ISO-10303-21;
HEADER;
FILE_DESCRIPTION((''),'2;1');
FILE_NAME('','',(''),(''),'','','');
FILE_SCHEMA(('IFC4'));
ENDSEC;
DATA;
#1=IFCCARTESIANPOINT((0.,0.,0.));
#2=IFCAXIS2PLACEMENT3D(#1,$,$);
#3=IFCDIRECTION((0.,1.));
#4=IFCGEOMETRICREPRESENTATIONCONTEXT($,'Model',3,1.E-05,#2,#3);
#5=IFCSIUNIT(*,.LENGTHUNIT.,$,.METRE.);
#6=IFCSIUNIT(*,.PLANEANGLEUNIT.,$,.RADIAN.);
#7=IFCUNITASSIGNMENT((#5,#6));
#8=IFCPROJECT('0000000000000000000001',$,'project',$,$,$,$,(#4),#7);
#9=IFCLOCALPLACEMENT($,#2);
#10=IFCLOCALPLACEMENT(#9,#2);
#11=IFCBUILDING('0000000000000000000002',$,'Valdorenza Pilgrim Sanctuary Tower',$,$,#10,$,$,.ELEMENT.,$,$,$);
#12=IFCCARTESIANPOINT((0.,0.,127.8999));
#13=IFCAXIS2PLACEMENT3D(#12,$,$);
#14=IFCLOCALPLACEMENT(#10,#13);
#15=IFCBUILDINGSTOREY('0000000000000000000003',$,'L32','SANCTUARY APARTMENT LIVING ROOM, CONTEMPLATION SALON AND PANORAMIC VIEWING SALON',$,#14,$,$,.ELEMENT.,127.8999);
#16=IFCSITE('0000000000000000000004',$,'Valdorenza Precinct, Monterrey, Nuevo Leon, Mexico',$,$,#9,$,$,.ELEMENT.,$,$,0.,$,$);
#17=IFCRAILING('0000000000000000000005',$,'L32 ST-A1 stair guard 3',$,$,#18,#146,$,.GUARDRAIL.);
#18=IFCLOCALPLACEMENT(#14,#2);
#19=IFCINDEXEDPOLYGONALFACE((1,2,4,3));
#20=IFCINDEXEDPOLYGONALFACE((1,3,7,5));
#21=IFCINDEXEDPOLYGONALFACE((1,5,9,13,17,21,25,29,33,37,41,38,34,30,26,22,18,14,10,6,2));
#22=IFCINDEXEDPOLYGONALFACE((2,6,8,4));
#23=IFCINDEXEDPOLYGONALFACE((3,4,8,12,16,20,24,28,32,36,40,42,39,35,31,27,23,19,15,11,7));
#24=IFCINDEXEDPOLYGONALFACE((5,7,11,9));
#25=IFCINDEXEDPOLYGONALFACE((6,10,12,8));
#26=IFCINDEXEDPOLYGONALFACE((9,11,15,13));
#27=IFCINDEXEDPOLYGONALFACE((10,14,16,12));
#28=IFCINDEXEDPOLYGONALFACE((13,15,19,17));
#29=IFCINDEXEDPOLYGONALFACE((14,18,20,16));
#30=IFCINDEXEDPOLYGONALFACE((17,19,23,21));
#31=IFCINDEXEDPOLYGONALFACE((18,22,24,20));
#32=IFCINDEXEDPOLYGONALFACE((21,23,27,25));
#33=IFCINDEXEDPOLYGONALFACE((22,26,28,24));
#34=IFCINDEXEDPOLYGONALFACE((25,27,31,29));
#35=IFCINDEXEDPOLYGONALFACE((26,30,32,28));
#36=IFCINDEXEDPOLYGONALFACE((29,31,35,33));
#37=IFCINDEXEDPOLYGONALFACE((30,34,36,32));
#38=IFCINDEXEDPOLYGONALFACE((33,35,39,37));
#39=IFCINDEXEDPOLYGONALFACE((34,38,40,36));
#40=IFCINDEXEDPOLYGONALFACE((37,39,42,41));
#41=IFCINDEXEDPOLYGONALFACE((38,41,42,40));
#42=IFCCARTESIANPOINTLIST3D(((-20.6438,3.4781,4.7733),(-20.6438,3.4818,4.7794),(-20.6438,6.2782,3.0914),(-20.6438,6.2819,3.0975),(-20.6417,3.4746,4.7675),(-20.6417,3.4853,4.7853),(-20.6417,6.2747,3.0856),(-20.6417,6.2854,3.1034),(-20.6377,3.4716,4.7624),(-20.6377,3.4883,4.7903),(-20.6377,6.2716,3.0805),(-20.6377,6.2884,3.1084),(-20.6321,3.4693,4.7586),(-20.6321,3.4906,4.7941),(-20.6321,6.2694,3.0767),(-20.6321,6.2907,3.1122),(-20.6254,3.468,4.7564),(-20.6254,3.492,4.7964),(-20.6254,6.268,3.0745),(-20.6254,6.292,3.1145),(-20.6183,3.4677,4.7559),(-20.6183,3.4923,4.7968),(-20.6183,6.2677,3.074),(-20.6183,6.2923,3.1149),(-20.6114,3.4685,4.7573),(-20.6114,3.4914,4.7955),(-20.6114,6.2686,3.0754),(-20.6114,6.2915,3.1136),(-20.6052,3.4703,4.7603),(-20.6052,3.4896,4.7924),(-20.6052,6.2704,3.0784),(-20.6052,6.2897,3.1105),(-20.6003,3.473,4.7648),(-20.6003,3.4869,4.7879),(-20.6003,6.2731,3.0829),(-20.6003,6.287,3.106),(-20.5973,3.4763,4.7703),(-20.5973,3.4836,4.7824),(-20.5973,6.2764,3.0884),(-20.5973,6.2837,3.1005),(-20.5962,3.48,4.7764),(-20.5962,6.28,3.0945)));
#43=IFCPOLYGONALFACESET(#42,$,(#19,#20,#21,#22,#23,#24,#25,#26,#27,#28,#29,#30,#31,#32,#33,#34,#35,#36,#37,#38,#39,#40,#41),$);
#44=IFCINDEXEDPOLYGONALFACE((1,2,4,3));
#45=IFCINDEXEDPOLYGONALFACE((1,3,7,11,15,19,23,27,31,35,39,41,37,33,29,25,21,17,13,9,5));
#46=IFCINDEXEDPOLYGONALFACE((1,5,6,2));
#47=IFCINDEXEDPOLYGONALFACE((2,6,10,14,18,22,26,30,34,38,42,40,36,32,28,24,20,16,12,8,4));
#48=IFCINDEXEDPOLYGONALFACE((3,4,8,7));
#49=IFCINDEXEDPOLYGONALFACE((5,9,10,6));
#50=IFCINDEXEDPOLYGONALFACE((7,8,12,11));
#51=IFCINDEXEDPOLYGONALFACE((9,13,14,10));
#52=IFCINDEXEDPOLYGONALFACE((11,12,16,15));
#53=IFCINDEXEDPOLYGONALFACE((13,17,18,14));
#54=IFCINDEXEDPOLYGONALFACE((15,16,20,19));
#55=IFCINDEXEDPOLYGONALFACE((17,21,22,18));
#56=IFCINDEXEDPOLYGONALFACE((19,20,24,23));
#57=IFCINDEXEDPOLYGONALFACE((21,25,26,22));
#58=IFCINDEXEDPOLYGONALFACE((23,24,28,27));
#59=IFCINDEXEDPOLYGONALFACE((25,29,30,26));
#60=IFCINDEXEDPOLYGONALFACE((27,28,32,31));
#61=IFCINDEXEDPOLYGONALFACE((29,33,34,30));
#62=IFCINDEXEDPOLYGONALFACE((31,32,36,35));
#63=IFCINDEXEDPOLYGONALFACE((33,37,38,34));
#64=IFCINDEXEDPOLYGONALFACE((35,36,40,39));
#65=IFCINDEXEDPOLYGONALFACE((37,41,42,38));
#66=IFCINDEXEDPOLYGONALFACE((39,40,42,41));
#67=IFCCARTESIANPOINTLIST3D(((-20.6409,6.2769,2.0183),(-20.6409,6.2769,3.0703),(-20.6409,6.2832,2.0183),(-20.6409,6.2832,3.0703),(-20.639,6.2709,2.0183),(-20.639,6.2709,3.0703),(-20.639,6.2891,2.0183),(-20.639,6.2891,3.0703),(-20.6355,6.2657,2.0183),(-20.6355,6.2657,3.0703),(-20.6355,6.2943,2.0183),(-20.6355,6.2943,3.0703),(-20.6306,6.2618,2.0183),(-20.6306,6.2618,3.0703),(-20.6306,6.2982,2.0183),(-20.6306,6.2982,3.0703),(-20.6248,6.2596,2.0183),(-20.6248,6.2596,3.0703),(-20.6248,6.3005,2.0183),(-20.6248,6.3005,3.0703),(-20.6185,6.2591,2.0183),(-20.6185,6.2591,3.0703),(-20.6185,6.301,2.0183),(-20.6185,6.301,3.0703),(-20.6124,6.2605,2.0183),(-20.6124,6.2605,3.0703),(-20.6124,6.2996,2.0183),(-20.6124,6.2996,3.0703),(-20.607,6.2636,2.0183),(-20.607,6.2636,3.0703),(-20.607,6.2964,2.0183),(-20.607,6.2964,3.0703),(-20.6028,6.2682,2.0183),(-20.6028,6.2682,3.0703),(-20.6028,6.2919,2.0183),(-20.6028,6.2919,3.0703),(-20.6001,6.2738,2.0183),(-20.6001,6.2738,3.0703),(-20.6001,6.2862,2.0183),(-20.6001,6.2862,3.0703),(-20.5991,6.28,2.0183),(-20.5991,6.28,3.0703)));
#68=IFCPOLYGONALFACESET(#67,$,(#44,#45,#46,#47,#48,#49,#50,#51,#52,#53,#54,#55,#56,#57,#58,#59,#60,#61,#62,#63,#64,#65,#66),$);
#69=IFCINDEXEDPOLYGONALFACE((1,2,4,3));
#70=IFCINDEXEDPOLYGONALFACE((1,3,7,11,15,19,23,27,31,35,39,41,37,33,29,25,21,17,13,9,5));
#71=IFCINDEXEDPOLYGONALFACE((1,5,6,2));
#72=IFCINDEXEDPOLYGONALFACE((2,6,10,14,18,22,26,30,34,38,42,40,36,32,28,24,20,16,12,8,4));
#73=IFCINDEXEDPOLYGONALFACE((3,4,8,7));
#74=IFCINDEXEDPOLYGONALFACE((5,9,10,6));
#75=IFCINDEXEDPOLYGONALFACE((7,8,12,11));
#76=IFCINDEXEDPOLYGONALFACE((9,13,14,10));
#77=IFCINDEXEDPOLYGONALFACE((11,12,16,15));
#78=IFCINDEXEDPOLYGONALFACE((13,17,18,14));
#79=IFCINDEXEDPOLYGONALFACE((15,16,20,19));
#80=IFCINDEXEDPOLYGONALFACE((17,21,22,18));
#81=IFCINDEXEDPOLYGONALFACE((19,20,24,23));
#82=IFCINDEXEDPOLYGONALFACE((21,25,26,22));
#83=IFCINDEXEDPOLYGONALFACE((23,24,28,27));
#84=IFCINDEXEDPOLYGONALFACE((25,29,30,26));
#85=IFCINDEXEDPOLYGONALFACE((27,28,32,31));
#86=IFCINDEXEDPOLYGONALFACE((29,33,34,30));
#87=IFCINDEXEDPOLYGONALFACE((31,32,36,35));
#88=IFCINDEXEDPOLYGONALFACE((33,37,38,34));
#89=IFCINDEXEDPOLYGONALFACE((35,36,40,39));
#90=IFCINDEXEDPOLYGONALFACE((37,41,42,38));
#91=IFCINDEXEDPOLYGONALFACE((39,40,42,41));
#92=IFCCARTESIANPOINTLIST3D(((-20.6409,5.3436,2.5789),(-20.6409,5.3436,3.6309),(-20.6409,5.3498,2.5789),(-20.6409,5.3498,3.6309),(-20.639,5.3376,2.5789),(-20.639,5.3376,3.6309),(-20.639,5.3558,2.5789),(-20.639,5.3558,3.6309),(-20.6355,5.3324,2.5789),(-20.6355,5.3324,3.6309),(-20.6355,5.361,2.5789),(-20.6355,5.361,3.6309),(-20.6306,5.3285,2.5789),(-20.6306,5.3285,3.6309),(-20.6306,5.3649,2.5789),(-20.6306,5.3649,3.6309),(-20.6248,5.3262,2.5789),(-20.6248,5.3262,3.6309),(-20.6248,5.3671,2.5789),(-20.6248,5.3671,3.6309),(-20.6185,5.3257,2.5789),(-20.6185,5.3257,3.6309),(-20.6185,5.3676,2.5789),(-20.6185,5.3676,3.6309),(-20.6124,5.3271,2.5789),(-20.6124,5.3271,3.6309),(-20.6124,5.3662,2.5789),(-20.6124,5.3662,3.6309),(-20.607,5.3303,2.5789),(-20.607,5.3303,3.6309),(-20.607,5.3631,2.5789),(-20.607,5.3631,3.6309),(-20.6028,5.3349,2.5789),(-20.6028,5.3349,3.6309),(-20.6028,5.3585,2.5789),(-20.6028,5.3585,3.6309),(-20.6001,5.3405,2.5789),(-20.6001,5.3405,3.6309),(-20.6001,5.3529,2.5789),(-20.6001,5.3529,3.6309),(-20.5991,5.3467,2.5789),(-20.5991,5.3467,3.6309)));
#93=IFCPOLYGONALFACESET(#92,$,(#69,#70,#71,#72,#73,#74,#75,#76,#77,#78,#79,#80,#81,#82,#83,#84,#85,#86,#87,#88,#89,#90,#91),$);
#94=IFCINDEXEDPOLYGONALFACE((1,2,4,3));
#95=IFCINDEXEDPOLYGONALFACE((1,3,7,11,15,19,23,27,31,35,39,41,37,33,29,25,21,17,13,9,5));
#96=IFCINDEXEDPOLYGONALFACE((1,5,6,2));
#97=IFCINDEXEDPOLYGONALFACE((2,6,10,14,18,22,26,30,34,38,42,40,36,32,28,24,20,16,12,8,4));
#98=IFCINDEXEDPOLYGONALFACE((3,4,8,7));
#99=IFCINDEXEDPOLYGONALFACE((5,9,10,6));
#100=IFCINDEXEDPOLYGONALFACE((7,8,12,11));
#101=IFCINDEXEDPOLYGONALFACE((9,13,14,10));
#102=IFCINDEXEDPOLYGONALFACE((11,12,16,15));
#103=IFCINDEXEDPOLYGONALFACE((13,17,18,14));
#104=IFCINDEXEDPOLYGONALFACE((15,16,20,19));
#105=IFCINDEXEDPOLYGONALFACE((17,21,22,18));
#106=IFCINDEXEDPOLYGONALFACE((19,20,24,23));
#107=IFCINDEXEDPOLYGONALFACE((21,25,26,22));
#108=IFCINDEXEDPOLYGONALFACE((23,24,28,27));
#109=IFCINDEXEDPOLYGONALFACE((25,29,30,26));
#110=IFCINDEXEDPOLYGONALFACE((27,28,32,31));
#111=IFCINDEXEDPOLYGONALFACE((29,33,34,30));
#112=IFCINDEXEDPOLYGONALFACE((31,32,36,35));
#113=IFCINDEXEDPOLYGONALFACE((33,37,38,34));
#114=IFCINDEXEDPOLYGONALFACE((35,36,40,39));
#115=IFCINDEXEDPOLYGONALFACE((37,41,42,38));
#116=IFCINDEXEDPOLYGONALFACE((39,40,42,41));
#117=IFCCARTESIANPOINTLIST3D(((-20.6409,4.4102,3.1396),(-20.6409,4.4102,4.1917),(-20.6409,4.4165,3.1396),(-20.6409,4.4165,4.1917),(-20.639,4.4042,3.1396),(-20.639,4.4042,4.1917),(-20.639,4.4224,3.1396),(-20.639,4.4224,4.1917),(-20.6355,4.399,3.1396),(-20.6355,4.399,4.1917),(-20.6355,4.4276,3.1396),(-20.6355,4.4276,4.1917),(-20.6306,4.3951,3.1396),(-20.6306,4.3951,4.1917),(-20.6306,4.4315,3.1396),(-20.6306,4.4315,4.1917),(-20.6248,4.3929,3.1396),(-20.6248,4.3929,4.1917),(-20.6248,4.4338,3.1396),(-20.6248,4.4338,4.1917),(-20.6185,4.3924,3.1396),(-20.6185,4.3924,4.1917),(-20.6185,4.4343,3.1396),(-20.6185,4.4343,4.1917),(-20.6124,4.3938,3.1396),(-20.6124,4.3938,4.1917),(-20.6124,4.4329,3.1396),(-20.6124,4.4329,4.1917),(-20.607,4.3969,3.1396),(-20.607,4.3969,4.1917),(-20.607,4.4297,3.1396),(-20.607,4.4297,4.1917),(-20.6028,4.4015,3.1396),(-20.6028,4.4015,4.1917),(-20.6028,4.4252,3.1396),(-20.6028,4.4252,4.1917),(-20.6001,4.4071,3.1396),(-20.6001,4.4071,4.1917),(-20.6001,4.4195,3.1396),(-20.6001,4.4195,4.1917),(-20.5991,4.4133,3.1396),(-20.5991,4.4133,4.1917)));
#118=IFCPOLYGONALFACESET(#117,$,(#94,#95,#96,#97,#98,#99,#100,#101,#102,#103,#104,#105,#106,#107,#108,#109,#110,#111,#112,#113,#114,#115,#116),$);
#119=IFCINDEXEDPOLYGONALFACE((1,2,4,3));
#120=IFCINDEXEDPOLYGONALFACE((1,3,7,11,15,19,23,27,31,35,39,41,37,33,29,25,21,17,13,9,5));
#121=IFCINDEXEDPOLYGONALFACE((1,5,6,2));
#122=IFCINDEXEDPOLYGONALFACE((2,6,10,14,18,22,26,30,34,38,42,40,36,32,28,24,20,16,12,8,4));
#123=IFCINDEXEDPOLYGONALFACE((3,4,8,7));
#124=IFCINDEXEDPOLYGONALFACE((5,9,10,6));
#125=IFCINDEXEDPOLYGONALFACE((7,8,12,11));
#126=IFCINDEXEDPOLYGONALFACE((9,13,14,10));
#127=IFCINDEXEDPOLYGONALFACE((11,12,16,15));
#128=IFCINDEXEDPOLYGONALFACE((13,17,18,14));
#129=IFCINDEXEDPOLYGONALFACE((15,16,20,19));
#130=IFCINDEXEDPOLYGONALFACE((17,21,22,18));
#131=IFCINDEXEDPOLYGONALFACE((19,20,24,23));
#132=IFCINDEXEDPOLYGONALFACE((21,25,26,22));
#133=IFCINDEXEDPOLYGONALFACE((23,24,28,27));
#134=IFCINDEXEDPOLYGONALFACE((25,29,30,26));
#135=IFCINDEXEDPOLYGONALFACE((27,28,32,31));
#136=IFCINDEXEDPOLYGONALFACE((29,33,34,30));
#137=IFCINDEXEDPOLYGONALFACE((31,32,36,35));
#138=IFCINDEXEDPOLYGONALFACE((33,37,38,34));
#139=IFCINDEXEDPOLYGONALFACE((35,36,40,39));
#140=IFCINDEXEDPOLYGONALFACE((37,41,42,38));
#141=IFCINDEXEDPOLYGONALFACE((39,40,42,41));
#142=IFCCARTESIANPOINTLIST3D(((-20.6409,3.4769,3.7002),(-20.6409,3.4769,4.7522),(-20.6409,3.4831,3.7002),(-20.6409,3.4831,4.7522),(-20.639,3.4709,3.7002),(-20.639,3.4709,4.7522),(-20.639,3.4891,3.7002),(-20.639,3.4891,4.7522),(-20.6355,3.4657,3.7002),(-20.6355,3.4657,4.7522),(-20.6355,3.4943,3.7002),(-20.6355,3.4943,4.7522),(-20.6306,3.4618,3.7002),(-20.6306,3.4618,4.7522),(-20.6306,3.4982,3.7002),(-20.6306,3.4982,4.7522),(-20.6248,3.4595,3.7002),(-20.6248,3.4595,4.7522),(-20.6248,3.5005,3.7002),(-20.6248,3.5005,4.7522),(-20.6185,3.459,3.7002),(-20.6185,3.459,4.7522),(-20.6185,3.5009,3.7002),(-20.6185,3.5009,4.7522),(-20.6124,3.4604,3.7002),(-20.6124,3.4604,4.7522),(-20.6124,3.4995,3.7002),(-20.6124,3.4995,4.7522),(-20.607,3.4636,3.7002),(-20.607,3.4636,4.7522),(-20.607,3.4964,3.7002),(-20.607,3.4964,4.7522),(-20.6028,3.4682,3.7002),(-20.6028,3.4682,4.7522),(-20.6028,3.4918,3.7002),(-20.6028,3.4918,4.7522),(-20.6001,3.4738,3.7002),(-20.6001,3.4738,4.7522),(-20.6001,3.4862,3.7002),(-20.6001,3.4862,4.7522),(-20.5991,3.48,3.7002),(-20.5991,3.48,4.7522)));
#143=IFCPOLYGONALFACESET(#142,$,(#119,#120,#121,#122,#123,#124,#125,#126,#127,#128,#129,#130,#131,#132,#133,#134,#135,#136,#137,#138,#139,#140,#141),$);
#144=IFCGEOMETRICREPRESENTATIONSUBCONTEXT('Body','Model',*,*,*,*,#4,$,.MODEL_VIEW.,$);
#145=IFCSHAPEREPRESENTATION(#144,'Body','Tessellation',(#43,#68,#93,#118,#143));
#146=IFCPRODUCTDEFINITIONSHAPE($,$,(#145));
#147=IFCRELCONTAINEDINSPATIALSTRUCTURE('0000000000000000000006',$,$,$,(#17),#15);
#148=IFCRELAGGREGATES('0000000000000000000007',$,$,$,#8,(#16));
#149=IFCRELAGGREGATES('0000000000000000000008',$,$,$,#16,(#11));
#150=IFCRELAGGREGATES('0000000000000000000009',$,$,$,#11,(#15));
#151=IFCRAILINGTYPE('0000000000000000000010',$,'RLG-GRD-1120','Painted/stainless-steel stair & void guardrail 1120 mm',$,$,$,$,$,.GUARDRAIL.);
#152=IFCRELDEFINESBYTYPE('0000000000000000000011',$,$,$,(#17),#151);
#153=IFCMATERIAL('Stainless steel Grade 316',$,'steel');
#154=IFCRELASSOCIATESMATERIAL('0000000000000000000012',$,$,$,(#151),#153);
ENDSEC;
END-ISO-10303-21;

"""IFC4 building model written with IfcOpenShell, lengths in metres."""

from ifc_helpers import new_model, si_unit, direction, frame, origin, origin_2d, place, context, subcontext, project, spatial, circle, extrude, material, type_object, element, save


model = new_model("IFC4")

# Units and contexts
model_context = context("Model", 3, precision=1e-05, world=origin(), true_north=direction((0.0, 1.0)))
body_context = subcontext(model_context, "Body", "Model", "MODEL_VIEW")
ifc_project = project(units=[si_unit("LENGTHUNIT", "METRE"), si_unit("PLANEANGLEUNIT", "RADIAN")], contexts=[model_context])

# Site, building, storey
site_placement = place(None, origin())
site = spatial("IfcSite", under=ifc_project, at=site_placement, Name="Valdorenza Precinct, Monterrey, Nuevo Leon, Mexico", CompositionType="ELEMENT", RefElevation=0.0)
building_placement = place(site_placement, origin())
building = spatial("IfcBuilding", under=site, at=building_placement, Name="Valdorenza Pilgrim Sanctuary Tower", CompositionType="ELEMENT")
storey_placement = place(building_placement, frame((0.0, 0.0, 127.8999)))
storey = spatial("IfcBuildingStorey", under=building, at=storey_placement, Name="L32", Description="SANCTUARY APARTMENT LIVING ROOM, CONTEMPLATION SALON AND PANORAMIC VIEWING SALON", CompositionType="ELEMENT", Elevation=127.8999)

# Railing
ifc_material_1 = material(Name="Stainless steel Grade 316", Category="steel")
railing_type_1 = type_object("IfcRailingType", Name="RLG-GRD-1120", Description="Painted/stainless-steel stair & void guardrail 1120 mm", PredefinedType="GUARDRAIL", material=ifc_material_1)
railing_1_placement = place(storey_placement, frame((-20.6201, 6.28, 2.0183)))
element("IfcRailing", 1, at=railing_1_placement, inside=storey, type_object=railing_type_1, Name="L32 ST-A1 stair guard 3", PredefinedType="GUARDRAIL", context=body_context, shape_type="SweptSolid", body=[
    extrude(circle(Radius=0.0239, at=origin_2d()), frame((0.0, 0.0, 1.0762), z_axis=(0.0, -0.857242, 0.514913), x_axis=(1.0, 0.0, 0.0)), (0.0, 0.0, 1.0), 3.2664),
    extrude(circle(Radius=0.021, at=origin_2d()), origin(), (0.0, 0.0, 1.0), 1.052),
    extrude(circle(Radius=0.021, at=origin_2d()), frame((0.0, -0.9333, 0.5605)), (0.0, 0.0, 1.0), 1.052),
    extrude(circle(Radius=0.021, at=origin_2d()), frame((0.0, -1.8667, 1.1213)), (0.0, 0.0, 1.0), 1.052),
    extrude(circle(Radius=0.021, at=origin_2d()), frame((0.0, -2.8, 1.6819)), (0.0, 0.0, 1.0), 1.052),
])

save(model, "model.ifc")
